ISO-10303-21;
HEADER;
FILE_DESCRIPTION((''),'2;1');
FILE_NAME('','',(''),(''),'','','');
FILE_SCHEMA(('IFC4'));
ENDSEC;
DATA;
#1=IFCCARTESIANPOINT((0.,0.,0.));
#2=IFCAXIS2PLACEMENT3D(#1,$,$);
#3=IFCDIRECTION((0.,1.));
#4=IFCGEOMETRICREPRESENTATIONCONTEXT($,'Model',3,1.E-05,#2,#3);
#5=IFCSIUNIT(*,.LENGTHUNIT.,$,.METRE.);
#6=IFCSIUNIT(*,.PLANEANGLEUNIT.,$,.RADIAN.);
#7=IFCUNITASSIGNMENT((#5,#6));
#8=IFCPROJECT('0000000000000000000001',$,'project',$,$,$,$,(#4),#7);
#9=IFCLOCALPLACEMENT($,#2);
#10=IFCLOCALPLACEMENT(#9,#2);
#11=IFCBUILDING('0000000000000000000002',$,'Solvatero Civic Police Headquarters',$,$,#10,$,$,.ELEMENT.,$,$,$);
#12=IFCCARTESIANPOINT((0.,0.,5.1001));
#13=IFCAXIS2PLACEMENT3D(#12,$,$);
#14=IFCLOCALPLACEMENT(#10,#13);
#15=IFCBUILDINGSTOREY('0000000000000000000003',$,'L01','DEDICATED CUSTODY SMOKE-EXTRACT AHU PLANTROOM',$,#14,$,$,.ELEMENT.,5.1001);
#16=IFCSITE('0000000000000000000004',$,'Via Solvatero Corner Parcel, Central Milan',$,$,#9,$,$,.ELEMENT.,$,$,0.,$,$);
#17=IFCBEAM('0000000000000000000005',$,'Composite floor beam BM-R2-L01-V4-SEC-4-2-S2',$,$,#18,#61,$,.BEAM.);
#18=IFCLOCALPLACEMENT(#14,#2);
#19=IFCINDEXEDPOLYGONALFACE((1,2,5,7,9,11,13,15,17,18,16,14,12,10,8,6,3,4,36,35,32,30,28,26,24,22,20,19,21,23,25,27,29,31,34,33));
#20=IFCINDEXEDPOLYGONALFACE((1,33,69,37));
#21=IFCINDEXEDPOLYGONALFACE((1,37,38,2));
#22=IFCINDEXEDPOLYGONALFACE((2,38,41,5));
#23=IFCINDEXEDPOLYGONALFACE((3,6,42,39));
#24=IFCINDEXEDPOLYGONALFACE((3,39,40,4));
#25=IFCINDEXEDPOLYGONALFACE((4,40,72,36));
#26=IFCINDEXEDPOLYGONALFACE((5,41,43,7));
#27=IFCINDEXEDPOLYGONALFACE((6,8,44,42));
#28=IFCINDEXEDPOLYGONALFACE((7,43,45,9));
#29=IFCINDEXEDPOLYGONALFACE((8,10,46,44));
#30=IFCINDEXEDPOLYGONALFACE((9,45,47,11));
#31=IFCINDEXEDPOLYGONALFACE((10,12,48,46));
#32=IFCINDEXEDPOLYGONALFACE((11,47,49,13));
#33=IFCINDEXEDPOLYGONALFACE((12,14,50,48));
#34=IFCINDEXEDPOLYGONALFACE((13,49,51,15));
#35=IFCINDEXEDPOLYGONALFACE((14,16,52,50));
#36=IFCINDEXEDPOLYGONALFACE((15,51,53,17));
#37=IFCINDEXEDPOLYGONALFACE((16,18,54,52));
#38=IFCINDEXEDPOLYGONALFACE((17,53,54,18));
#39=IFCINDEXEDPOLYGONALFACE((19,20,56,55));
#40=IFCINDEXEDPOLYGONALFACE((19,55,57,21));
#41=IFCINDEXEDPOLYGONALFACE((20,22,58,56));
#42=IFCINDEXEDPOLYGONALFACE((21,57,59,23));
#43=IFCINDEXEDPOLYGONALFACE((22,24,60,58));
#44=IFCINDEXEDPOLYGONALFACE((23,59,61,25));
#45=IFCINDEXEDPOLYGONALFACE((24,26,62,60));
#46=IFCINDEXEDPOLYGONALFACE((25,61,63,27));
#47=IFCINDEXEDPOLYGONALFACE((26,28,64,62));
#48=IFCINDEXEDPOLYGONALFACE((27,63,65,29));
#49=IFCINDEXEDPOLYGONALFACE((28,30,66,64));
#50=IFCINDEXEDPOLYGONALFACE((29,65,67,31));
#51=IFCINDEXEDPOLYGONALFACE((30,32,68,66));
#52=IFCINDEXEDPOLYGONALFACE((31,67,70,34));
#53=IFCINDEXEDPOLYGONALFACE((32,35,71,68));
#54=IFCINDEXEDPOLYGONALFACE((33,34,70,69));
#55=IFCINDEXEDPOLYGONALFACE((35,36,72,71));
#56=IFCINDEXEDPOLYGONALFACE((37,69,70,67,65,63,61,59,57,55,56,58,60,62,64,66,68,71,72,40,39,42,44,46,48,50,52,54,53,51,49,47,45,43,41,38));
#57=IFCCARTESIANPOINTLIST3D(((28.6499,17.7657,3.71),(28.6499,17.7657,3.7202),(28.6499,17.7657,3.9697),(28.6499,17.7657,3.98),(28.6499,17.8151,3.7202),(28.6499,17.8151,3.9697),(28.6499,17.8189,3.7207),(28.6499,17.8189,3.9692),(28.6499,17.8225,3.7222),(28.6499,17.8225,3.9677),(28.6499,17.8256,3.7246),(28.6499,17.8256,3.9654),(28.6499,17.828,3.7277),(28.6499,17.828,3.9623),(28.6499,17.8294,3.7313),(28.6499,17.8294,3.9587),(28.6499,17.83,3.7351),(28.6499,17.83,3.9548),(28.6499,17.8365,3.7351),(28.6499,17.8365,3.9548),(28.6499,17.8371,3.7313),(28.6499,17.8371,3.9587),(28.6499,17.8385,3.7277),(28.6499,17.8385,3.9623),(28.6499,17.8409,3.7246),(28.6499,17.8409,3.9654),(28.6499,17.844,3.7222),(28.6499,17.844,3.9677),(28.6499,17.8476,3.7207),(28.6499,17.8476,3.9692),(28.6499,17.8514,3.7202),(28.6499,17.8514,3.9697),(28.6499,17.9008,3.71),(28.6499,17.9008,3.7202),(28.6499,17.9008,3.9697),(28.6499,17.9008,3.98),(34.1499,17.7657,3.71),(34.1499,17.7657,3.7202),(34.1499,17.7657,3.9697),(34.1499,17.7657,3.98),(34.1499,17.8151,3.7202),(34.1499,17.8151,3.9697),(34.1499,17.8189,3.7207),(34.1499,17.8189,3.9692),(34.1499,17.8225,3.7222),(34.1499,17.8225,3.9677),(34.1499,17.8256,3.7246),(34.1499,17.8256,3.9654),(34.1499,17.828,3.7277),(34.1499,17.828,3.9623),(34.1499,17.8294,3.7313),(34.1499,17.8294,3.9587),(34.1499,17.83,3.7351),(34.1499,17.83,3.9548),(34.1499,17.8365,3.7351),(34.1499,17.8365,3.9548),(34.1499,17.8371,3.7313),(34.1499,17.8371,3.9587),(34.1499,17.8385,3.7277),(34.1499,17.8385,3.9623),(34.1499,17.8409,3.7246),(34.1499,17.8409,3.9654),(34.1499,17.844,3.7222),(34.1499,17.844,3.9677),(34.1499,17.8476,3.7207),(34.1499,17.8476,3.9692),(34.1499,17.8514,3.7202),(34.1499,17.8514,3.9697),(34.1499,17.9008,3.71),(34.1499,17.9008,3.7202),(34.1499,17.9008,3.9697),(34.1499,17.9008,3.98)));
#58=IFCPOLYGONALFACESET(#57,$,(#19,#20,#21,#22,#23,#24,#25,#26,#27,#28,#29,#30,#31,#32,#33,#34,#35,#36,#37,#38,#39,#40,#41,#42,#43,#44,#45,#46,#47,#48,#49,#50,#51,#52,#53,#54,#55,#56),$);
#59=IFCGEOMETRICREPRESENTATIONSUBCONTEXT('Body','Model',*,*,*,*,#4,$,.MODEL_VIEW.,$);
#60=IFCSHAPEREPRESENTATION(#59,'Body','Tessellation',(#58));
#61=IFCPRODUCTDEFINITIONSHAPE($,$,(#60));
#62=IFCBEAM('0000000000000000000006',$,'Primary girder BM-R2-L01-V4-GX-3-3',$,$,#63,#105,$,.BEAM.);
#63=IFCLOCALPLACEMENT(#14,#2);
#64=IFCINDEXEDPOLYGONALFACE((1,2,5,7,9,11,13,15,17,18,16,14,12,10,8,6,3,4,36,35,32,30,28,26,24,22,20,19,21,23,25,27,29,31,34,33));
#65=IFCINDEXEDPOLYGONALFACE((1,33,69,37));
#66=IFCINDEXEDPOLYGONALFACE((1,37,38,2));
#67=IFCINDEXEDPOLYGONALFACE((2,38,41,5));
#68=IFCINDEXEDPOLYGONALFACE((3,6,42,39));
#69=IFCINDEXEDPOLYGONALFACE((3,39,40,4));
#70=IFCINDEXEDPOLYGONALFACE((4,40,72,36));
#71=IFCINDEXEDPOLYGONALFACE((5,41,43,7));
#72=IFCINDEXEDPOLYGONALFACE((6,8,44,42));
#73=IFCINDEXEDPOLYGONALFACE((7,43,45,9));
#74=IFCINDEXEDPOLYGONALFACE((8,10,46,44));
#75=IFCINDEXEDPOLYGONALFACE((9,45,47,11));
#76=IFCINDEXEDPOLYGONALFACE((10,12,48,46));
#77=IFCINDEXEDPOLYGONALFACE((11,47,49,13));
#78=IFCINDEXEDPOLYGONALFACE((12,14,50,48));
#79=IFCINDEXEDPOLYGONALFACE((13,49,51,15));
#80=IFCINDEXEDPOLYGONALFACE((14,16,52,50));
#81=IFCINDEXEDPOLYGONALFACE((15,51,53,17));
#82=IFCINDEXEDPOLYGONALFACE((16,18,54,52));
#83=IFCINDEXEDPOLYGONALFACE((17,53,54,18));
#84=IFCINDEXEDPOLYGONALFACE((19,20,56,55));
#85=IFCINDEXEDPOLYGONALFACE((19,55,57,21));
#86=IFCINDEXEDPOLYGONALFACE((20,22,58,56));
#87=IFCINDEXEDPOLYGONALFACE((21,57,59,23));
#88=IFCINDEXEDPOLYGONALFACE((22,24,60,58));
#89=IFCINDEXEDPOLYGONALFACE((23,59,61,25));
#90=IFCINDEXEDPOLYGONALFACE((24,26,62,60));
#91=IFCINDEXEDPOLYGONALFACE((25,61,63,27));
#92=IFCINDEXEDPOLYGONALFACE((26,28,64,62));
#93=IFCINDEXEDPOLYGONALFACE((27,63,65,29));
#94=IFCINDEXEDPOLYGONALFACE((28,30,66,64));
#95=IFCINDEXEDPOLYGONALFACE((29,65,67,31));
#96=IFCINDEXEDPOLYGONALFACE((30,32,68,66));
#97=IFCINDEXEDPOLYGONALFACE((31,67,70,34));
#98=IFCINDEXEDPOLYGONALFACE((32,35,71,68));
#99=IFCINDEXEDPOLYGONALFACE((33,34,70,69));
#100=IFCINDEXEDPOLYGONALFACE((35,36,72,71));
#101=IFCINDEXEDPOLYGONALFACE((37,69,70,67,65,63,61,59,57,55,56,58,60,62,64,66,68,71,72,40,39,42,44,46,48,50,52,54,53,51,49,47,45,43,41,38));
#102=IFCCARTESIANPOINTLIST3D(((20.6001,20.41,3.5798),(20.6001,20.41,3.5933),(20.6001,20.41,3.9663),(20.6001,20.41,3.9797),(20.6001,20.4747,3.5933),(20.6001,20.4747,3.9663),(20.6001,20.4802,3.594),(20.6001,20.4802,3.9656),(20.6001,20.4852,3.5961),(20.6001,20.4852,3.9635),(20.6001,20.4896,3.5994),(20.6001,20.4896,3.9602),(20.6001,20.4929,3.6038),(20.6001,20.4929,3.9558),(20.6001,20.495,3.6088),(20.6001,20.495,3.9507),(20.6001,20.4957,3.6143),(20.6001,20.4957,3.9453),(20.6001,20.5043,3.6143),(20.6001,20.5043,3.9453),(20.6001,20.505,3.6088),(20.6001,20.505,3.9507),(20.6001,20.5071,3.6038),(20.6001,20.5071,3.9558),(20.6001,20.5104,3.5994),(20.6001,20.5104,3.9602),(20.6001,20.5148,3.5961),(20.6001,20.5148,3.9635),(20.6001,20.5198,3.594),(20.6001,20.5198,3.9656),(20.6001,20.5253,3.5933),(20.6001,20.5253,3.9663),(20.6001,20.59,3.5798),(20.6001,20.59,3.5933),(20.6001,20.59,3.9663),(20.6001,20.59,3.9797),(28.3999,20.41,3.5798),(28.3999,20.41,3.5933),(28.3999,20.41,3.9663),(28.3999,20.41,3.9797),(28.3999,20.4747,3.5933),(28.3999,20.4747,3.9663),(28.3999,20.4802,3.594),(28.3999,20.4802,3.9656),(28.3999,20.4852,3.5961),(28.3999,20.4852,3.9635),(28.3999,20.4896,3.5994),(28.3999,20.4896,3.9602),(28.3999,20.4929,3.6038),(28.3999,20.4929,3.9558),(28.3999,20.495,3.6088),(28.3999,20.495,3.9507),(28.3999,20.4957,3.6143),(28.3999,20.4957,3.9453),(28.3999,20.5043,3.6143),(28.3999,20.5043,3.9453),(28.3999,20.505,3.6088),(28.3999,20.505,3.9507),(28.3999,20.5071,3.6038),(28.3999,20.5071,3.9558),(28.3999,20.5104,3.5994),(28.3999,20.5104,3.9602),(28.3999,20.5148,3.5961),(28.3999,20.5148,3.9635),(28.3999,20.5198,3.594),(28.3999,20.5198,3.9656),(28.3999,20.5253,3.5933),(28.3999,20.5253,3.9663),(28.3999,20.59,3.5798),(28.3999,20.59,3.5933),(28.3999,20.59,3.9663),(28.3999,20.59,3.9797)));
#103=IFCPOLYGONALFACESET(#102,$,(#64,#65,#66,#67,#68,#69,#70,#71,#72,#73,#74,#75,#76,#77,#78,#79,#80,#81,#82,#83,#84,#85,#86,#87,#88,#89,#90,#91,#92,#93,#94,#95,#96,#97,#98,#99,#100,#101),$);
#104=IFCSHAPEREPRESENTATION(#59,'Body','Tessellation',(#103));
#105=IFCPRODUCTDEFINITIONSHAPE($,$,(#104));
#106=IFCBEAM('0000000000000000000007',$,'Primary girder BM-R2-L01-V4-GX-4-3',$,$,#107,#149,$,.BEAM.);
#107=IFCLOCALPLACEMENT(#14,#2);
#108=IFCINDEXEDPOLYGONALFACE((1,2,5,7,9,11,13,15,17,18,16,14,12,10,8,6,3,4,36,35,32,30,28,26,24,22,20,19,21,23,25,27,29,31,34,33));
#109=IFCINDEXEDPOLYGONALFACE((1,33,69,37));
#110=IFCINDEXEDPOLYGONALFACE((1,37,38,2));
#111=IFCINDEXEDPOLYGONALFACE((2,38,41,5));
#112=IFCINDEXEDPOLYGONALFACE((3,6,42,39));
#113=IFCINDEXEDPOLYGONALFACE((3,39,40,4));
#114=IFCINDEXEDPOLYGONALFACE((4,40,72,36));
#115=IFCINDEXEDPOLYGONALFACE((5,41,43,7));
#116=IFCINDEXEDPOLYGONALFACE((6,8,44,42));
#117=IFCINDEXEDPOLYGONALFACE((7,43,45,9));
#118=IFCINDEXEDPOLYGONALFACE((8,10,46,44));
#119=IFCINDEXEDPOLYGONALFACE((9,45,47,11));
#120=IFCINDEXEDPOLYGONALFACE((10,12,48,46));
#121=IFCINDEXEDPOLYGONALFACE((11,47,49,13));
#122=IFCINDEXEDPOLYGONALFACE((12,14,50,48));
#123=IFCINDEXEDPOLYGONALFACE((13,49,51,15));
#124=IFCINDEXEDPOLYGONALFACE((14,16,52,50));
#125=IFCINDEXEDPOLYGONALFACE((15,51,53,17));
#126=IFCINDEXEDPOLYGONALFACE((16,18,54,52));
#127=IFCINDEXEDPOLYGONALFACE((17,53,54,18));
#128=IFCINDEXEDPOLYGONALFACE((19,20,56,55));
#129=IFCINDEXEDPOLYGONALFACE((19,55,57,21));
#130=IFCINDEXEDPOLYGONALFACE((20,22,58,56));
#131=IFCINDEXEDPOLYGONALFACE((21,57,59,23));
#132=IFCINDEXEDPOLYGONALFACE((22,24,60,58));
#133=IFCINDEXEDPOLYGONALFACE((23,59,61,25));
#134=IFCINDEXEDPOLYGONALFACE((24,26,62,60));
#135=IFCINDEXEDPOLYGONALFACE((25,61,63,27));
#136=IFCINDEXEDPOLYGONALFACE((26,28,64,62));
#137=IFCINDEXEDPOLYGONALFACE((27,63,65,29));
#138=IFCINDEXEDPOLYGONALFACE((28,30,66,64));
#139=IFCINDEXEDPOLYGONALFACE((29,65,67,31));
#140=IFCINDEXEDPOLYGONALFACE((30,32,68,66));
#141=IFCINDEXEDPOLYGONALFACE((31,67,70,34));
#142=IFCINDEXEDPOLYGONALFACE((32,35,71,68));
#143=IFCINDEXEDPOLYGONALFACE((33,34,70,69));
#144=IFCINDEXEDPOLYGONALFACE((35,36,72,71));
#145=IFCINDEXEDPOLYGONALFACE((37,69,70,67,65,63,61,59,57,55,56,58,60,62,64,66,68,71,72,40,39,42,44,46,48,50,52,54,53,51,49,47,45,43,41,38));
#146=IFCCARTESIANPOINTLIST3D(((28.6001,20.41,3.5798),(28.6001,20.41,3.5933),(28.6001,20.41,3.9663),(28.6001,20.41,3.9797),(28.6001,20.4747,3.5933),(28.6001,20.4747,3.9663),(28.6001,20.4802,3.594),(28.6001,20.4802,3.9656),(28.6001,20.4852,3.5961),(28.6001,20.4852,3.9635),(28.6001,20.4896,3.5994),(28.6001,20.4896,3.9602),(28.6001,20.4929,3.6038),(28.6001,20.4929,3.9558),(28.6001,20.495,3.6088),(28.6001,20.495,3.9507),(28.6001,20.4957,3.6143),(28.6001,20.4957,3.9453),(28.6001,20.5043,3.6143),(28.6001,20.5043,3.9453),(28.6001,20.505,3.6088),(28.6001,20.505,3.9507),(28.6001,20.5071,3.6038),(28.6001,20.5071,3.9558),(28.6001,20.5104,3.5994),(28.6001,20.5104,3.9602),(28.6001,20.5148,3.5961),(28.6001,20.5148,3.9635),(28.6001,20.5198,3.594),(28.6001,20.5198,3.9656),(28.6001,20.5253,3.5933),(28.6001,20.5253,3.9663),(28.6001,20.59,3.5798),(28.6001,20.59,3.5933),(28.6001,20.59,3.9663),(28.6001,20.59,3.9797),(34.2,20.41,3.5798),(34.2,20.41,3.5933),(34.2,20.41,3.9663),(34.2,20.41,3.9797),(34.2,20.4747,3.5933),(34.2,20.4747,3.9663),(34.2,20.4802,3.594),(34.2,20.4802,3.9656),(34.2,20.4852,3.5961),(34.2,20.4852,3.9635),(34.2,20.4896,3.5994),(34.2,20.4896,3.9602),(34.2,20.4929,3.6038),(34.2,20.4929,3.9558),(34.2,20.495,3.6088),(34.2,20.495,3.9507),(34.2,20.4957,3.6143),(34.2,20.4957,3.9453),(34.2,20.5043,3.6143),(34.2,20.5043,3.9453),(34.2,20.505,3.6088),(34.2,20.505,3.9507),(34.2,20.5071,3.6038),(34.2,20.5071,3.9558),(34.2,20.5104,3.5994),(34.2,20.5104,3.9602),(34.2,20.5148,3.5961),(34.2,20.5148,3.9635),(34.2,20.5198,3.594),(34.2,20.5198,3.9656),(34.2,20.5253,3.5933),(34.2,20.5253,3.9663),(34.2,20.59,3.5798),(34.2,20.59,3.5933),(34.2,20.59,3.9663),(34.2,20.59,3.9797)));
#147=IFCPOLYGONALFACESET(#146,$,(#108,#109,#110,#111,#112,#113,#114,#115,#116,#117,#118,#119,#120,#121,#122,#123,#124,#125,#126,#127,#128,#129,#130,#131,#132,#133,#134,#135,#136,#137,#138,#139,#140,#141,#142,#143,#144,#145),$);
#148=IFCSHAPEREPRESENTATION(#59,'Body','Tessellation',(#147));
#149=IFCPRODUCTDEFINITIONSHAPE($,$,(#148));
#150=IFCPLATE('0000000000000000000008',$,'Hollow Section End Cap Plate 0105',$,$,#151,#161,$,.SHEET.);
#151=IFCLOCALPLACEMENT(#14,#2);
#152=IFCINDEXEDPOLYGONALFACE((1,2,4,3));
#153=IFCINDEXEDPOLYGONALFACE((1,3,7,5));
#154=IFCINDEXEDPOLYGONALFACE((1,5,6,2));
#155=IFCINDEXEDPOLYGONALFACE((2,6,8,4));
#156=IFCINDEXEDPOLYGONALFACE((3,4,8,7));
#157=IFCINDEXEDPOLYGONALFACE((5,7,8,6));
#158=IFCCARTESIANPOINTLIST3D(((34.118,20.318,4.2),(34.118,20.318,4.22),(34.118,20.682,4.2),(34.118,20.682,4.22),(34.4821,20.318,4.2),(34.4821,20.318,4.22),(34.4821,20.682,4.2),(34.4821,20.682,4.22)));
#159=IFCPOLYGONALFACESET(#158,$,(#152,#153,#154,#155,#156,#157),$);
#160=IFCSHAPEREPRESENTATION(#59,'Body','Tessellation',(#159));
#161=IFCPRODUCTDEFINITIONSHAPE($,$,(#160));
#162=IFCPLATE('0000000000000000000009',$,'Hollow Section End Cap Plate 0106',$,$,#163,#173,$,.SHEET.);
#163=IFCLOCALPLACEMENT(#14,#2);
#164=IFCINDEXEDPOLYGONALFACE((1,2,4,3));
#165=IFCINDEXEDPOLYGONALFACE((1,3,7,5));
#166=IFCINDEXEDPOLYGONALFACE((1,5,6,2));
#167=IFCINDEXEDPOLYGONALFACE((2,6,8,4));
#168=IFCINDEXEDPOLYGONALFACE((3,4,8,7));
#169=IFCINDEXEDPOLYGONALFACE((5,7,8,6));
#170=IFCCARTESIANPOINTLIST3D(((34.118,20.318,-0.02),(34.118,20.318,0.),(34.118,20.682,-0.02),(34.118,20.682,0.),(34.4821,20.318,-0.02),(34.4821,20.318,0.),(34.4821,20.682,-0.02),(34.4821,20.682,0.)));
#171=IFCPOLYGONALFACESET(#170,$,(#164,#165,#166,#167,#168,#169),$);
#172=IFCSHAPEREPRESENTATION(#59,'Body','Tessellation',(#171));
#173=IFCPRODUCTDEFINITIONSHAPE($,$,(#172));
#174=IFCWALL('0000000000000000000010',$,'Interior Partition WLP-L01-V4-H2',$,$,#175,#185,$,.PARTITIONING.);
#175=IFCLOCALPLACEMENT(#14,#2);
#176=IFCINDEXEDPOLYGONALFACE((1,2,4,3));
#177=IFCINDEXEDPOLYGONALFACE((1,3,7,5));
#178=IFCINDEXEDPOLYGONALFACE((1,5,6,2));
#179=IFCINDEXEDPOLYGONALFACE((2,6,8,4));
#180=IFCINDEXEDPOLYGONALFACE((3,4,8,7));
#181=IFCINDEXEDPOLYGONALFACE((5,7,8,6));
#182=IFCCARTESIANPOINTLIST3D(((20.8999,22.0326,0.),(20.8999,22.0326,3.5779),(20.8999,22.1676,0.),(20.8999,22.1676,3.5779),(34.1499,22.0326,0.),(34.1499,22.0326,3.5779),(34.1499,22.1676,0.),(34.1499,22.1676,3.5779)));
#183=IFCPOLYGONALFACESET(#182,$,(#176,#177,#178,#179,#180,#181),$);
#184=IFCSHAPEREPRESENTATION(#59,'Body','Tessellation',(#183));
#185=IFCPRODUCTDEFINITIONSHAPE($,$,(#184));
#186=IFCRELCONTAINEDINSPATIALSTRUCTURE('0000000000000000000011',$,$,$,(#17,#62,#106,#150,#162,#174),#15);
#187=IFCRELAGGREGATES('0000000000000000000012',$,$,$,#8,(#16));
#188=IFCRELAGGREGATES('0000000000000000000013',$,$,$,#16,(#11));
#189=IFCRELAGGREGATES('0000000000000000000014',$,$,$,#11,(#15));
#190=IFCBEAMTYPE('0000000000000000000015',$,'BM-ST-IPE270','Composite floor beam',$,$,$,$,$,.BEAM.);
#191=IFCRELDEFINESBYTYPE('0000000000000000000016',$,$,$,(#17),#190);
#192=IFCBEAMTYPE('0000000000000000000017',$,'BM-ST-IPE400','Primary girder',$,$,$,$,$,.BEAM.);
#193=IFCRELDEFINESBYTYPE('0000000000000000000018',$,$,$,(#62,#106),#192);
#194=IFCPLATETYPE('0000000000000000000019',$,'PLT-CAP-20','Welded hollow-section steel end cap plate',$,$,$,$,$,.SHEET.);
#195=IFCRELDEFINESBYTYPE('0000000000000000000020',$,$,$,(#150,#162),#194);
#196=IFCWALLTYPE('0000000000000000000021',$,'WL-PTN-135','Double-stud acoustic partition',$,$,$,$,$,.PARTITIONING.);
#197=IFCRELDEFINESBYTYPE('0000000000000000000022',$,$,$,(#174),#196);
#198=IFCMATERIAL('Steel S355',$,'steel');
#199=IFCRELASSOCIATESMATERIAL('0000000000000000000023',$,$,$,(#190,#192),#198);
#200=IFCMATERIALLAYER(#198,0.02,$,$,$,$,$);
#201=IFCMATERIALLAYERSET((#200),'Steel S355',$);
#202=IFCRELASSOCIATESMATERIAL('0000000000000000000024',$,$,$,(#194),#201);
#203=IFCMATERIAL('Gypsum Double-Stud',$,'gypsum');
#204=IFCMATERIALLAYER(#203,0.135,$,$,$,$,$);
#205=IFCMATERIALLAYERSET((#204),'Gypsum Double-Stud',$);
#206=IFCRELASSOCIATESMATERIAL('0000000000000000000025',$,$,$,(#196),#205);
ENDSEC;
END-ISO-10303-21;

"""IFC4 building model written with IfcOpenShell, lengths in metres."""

from ifc_helpers import new_model, si_unit, direction, frame, frame_2d, origin, origin_2d, place, context, subcontext, project, spatial, rectangle, i_section, extrude, material, layer, layer_set, material_profile, profile_set, type_object, element, save


model = new_model("IFC4")

# Units and contexts
model_context = context("Model", 3, precision=1e-05, world=origin(), true_north=direction((0.0, 1.0)))
body_context = subcontext(model_context, "Body", "Model", "MODEL_VIEW")
ifc_project = project(units=[si_unit("LENGTHUNIT", "METRE"), si_unit("PLANEANGLEUNIT", "RADIAN")], contexts=[model_context])

# Site, building, storey
site_placement = place(None, origin())
site = spatial("IfcSite", under=ifc_project, at=site_placement, Name="Via Solvatero Corner Parcel, Central Milan", CompositionType="ELEMENT", RefElevation=0.0)
building_placement = place(site_placement, origin())
building = spatial("IfcBuilding", under=site, at=building_placement, Name="Solvatero Civic Police Headquarters", CompositionType="ELEMENT")
storey_placement = place(building_placement, frame((0.0, 0.0, 5.1001)))
storey = spatial("IfcBuildingStorey", under=building, at=storey_placement, Name="L01", Description="DEDICATED CUSTODY SMOKE-EXTRACT AHU PLANTROOM", CompositionType="ELEMENT", Elevation=5.1001)

# Shared definitions
ifc_material_1 = material(Name="Steel S355", Category="steel")

# Beams
ifc_material_profile_1 = material_profile(ifc_material_1, i_section(OverallWidth=0.135, OverallDepth=0.27, WebThickness=0.0066, FlangeThickness=0.0103, FilletRadius=0.0149, at=origin_2d()), Name="IPE 270")
ifc_profile_set_1 = profile_set([ifc_material_profile_1], Name="Steel S355")
beam_type_1 = type_object("IfcBeamType", Name="BM-ST-IPE270", Description="Composite floor beam", PredefinedType="BEAM", material=ifc_profile_set_1)
beam_1_placement = place(storey_placement, frame((28.6499, 17.8333, 3.845), z_axis=(1.0, 0.0, 0.0), x_axis=(0.0, 1.0, 0.0)))
element("IfcBeam", 1, at=beam_1_placement, inside=storey, type_object=beam_type_1, Name="Composite floor beam BM-R2-L01-V4-SEC-4-2-S2", PredefinedType="BEAM", context=body_context, shape_type="SweptSolid", body=[
    extrude(i_section(OverallWidth=0.135, OverallDepth=0.27, WebThickness=0.0066, FlangeThickness=0.0103, FilletRadius=0.0149, at=origin_2d()), origin(), (0.0, 0.0, 1.0), 5.5),
])
ifc_material_profile_2 = material_profile(ifc_material_1, i_section(OverallWidth=0.1799, OverallDepth=0.3999, WebThickness=0.0085, FlangeThickness=0.0134, FilletRadius=0.021, at=origin_2d()), Name="IPE 400")
ifc_profile_set_2 = profile_set([ifc_material_profile_2], Name="Steel S355")
beam_type_2 = type_object("IfcBeamType", Name="BM-ST-IPE400", Description="Primary girder", PredefinedType="BEAM", material=ifc_profile_set_2)
beam_2_placement = place(storey_placement, frame((20.6001, 20.5, 3.7798), z_axis=(1.0, 0.0, 0.0), x_axis=(0.0, 1.0, 0.0)))
element("IfcBeam", 2, at=beam_2_placement, inside=storey, type_object=beam_type_2, Name="Primary girder BM-R2-L01-V4-GX-3-3", PredefinedType="BEAM", context=body_context, shape_type="SweptSolid", body=[
    extrude(i_section(OverallWidth=0.1799, OverallDepth=0.3999, WebThickness=0.0085, FlangeThickness=0.0134, FilletRadius=0.021, at=origin_2d()), origin(), (0.0, 0.0, 1.0), 7.7998),
])
beam_3_placement = place(storey_placement, frame((28.6001, 20.5, 3.7798), z_axis=(1.0, 0.0, 0.0), x_axis=(0.0, 1.0, 0.0)))
element("IfcBeam", 3, at=beam_3_placement, inside=storey, type_object=beam_type_2, Name="Primary girder BM-R2-L01-V4-GX-4-3", PredefinedType="BEAM", context=body_context, shape_type="SweptSolid", body=[
    extrude(i_section(OverallWidth=0.1799, OverallDepth=0.3999, WebThickness=0.0085, FlangeThickness=0.0134, FilletRadius=0.021, at=origin_2d()), origin(), (0.0, 0.0, 1.0), 5.5999),
])

# Plates
ifc_layer_1 = layer(ifc_material_1, 0.02)
ifc_layer_set_1 = layer_set([ifc_layer_1], Name="Steel S355")
plate_type = type_object("IfcPlateType", Name="PLT-CAP-20", Description="Welded hollow-section steel end cap plate", PredefinedType="SHEET", material=ifc_layer_set_1)
for number, where, z_axis, x_axis, name in (
    (4, (34.3, 20.5, 4.2), (0.0, 0.0, 1.0), (1.0, 0.0, 0.0), "Hollow Section End Cap Plate 0105"),
    (5, (34.3, 20.5, -0.02), (0.0, 0.0, 1.0), (1.0, 0.0, 0.0), "Hollow Section End Cap Plate 0106"),
):
    element("IfcPlate", number, at=place(storey_placement, frame(where, z_axis=z_axis, x_axis=x_axis)), inside=storey, type_object=plate_type, Name=name, PredefinedType="SHEET", context=body_context, shape_type="SweptSolid", body=[
        extrude(rectangle(XDim=0.364, YDim=0.364, at=origin_2d()), origin(), (0.0, 0.0, 1.0), 0.02),
    ])

# Wall
ifc_material_2 = material(Name="Gypsum Double-Stud", Category="gypsum")
ifc_layer_2 = layer(ifc_material_2, 0.135)
ifc_layer_set_2 = layer_set([ifc_layer_2], Name="Gypsum Double-Stud")
wall_type = type_object("IfcWallType", Name="WL-PTN-135", Description="Double-stud acoustic partition", PredefinedType="PARTITIONING", material=ifc_layer_set_2)
wall_placement = place(storey_placement, frame((20.8999, 22.1001, 0.0), z_axis=(0.0, 0.0, 1.0), x_axis=(1.0, 0.0, 0.0)))
element("IfcWall", 6, at=wall_placement, inside=storey, type_object=wall_type, Name="Interior Partition WLP-L01-V4-H2", PredefinedType="PARTITIONING", context=body_context, shape_type="SweptSolid", body=[
    extrude(rectangle(XDim=13.25, YDim=0.135, at=frame_2d((6.625, 0.0))), origin(), (0.0, 0.0, 1.0), 3.5779),
])

save(model, "model.ifc")
